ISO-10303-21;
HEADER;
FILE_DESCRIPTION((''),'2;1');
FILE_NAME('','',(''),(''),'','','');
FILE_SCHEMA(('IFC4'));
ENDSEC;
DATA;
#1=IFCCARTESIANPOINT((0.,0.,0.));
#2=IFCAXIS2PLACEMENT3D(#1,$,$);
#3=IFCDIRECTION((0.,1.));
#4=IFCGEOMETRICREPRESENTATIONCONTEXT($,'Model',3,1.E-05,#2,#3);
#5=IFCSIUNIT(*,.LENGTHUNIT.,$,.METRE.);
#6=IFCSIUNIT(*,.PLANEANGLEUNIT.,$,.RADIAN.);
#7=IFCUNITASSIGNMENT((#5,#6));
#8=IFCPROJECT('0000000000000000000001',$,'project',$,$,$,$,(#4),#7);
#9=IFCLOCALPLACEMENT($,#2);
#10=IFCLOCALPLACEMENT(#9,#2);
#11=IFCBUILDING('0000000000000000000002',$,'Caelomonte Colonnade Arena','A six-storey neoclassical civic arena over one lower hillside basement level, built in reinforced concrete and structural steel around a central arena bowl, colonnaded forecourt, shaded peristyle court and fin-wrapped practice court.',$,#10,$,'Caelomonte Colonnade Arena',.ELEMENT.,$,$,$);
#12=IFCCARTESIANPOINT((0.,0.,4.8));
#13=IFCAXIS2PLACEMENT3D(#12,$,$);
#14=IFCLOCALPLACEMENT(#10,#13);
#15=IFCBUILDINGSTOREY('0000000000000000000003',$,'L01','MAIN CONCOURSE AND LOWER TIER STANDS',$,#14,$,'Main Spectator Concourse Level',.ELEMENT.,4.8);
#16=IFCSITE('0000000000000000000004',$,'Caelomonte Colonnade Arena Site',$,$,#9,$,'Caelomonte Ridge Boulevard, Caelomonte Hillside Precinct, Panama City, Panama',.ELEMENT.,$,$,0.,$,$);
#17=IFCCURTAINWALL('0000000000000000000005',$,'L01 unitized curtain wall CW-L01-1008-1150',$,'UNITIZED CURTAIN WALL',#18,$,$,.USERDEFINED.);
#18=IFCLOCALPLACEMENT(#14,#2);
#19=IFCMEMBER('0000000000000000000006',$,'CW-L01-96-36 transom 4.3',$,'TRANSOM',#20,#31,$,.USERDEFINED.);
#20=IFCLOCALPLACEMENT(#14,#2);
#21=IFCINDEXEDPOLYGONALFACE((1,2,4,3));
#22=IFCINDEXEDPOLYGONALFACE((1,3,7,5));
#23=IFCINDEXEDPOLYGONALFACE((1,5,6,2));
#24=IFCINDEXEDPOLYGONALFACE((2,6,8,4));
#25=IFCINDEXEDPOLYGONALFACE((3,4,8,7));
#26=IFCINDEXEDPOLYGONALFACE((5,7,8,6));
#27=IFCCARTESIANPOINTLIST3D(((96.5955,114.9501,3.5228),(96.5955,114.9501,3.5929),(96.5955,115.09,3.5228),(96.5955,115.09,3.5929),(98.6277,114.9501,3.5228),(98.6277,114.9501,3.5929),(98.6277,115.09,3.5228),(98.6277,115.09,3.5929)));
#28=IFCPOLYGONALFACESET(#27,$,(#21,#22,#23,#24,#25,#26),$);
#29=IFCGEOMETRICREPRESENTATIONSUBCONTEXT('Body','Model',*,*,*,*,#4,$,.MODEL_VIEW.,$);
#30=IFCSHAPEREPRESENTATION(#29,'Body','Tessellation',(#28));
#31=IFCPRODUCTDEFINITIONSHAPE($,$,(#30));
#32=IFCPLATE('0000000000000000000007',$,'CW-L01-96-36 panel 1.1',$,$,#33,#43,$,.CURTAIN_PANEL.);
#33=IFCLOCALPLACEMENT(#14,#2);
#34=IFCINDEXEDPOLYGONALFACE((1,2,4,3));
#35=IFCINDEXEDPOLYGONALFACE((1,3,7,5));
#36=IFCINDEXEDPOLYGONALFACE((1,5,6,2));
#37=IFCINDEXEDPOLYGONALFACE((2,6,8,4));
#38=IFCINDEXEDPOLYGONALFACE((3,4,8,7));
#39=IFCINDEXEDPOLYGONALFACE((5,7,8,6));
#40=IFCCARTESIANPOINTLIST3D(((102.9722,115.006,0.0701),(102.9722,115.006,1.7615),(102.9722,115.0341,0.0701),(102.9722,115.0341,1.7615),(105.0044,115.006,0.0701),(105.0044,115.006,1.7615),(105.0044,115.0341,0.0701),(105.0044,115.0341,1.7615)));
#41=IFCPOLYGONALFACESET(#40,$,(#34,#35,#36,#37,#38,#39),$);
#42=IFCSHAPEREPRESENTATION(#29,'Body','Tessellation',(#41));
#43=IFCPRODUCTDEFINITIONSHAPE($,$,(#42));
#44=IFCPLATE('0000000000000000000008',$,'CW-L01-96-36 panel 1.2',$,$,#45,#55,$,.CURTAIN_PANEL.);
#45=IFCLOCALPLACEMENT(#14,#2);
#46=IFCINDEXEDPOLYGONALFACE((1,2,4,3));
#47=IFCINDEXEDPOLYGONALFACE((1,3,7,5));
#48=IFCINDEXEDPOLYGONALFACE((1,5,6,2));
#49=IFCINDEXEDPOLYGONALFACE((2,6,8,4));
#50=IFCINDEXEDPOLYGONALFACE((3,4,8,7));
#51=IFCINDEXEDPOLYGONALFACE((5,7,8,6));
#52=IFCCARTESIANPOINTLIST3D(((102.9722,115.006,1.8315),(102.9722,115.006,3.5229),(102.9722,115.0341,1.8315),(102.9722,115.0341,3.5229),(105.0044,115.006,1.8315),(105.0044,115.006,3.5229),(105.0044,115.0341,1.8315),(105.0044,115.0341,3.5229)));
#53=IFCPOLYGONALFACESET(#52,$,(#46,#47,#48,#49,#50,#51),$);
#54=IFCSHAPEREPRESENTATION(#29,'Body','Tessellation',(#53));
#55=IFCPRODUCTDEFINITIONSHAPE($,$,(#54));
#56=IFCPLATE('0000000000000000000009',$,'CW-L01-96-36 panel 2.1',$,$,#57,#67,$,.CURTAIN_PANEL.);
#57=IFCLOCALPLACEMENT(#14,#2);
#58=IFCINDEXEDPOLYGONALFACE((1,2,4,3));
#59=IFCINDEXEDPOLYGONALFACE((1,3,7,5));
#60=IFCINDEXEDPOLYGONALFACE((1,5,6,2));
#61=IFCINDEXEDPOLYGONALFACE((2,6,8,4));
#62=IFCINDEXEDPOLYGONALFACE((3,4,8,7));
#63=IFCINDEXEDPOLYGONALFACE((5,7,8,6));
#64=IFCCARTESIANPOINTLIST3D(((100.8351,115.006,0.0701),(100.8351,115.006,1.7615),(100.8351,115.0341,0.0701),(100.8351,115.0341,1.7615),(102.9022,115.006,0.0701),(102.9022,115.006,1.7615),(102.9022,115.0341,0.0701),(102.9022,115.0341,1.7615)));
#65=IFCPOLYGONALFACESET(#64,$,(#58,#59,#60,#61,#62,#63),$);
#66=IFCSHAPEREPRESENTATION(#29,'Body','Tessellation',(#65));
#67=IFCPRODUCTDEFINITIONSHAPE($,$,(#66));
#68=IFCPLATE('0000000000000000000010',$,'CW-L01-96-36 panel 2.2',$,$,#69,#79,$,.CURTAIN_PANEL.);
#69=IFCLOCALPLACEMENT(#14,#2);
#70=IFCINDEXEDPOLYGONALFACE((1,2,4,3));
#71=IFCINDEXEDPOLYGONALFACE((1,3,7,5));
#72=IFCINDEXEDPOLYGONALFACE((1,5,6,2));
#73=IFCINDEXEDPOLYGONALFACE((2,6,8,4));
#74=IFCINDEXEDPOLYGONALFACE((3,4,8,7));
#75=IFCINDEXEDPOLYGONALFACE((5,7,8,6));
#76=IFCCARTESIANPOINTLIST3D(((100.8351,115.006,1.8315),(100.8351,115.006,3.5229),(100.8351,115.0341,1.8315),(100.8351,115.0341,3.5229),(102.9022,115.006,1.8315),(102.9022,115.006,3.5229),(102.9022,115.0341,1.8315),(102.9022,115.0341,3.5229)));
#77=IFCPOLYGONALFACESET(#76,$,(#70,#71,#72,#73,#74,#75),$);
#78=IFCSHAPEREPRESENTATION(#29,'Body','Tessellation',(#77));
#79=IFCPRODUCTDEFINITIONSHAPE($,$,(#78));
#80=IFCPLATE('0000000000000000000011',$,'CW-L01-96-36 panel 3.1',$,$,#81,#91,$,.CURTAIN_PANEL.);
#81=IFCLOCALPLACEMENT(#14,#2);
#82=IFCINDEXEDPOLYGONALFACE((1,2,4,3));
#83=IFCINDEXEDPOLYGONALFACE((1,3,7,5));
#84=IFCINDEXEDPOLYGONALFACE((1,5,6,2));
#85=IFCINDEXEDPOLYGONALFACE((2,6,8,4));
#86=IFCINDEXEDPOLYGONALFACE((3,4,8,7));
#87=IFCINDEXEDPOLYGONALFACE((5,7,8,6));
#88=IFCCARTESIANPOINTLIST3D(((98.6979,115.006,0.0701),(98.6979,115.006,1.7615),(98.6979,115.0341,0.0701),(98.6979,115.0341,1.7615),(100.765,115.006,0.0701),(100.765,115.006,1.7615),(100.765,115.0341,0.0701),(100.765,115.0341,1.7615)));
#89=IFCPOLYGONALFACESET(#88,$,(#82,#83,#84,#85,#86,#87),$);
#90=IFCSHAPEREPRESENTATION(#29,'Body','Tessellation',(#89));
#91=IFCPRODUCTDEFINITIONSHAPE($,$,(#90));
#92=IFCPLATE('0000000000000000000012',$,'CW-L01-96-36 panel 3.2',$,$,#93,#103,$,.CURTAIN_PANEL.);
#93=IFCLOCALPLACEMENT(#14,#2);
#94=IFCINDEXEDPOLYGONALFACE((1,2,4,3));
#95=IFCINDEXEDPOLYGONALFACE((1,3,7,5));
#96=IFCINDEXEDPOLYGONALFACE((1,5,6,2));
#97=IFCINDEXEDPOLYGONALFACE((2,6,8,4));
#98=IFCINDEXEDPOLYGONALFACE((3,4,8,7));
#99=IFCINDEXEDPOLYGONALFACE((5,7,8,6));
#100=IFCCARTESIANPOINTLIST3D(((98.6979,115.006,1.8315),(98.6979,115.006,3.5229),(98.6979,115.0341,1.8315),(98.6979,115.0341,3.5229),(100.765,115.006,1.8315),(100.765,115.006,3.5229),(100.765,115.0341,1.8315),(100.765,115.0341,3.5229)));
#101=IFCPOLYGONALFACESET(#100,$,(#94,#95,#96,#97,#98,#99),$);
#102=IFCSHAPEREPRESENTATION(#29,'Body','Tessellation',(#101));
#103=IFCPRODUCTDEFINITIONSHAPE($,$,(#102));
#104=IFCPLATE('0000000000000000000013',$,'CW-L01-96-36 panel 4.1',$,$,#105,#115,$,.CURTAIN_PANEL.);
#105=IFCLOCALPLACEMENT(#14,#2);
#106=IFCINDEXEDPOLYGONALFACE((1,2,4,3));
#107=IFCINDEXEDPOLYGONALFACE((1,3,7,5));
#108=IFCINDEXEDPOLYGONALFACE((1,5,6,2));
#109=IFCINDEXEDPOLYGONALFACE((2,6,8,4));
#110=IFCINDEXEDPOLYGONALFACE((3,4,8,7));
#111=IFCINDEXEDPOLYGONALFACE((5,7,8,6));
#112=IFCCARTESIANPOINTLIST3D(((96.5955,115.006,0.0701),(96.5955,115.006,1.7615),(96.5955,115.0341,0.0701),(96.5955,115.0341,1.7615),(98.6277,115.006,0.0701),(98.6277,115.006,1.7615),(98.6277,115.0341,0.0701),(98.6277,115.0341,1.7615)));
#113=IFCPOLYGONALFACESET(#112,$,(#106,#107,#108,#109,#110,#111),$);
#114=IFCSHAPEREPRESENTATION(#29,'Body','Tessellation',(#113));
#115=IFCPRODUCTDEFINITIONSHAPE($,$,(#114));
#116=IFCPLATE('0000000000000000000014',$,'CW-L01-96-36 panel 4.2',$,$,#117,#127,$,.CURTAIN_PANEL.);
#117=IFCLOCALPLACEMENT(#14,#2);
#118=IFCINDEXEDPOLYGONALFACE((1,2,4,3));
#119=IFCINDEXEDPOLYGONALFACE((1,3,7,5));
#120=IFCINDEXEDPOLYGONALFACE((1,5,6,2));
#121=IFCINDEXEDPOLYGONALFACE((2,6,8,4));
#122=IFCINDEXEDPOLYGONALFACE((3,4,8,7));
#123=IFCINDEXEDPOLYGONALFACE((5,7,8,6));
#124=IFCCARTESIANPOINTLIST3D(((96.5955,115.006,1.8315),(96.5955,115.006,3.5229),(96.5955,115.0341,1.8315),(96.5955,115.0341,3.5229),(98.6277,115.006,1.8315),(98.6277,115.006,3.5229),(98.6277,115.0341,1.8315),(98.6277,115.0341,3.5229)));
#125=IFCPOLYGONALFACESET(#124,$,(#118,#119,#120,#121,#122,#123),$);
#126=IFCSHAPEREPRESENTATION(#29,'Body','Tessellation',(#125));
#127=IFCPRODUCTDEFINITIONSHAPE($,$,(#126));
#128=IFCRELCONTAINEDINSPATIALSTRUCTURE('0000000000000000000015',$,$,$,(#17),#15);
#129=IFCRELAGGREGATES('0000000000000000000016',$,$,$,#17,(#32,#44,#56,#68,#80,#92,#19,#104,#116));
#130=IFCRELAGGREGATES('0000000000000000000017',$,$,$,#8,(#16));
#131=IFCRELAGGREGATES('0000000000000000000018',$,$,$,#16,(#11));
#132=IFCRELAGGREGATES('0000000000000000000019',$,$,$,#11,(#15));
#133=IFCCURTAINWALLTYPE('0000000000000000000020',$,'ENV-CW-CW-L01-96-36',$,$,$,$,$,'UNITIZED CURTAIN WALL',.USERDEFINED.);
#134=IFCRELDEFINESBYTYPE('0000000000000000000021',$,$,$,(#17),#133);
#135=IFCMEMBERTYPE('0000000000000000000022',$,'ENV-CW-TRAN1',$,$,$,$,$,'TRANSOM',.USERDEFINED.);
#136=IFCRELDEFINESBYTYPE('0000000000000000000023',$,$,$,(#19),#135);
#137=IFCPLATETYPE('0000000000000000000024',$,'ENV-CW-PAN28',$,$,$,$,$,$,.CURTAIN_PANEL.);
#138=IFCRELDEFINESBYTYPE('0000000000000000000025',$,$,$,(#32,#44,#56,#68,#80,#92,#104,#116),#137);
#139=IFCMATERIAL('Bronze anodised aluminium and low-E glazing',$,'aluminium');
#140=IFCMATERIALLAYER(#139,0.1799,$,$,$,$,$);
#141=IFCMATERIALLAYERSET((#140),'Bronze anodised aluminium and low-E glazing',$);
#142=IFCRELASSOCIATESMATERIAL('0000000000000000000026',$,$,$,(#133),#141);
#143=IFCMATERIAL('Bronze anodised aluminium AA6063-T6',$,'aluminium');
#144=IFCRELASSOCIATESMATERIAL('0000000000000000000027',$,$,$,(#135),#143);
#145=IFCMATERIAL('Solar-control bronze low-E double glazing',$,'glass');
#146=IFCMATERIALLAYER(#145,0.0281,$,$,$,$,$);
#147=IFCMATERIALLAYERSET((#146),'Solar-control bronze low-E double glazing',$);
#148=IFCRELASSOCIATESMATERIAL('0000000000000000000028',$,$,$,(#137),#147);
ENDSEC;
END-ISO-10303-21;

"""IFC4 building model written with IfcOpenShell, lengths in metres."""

from ifc_helpers import new_model, si_unit, direction, frame, origin, origin_2d, place, context, subcontext, project, spatial, rectangle, extrude, material, layer, layer_set, material_profile, profile_set, type_object, element, aggregate, save


model = new_model("IFC4")

# Units and contexts
model_context = context("Model", 3, precision=1e-05, world=origin(), true_north=direction((0.0, 1.0)))
body_context = subcontext(model_context, "Body", "Model", "MODEL_VIEW")
ifc_project = project(units=[si_unit("LENGTHUNIT", "METRE"), si_unit("PLANEANGLEUNIT", "RADIAN")], contexts=[model_context])

# Site, building, storey
site_placement = place(None, origin())
site = spatial("IfcSite", under=ifc_project, at=site_placement, Name="Caelomonte Colonnade Arena Site", LongName="Caelomonte Ridge Boulevard, Caelomonte Hillside Precinct, Panama City, Panama", CompositionType="ELEMENT", RefElevation=0.0)
building_placement = place(site_placement, origin())
building = spatial("IfcBuilding", under=site, at=building_placement, Name="Caelomonte Colonnade Arena", Description="A six-storey neoclassical civic arena over one lower hillside basement level, built in reinforced concrete and structural steel around a central arena bowl, colonnaded forecourt, shaded peristyle court and fin-wrapped practice court.", LongName="Caelomonte Colonnade Arena", CompositionType="ELEMENT")
storey_placement = place(building_placement, frame((0.0, 0.0, 4.8)))
storey = spatial("IfcBuildingStorey", under=building, at=storey_placement, Name="L01", Description="MAIN CONCOURSE AND LOWER TIER STANDS", LongName="Main Spectator Concourse Level", CompositionType="ELEMENT", Elevation=4.8)

# Curtain wall, member, plates
ifc_material_1 = material(Name="Bronze anodised aluminium and low-E glazing", Category="aluminium")
ifc_layer_1 = layer(ifc_material_1, 0.1799)
ifc_layer_set_1 = layer_set([ifc_layer_1], Name="Bronze anodised aluminium and low-E glazing")
curtain_wall_type = type_object("IfcCurtainWallType", Name="ENV-CW-CW-L01-96-36", ElementType="UNITIZED CURTAIN WALL", PredefinedType="USERDEFINED", material=ifc_layer_set_1)
curtain_wall_placement = place(storey_placement, origin())
curtain_wall = element("IfcCurtainWall", 1, at=curtain_wall_placement, inside=storey, type_object=curtain_wall_type, Name="L01 unitized curtain wall CW-L01-1008-1150", ObjectType="UNITIZED CURTAIN WALL", PredefinedType="USERDEFINED")
ifc_material_2 = material(Name="Bronze anodised aluminium AA6063-T6", Category="aluminium")
ifc_material_profile_1 = material_profile(ifc_material_2, rectangle(XDim=0.0701, YDim=0.1399, at=origin_2d()), Name="CWT-70X140")
ifc_profile_set_1 = profile_set([ifc_material_profile_1], Name="Bronze anodised aluminium AA6063-T6")
member_type_1 = type_object("IfcMemberType", Name="ENV-CW-TRAN1", ElementType="TRANSOM", PredefinedType="USERDEFINED", material=ifc_profile_set_1)
member_1_placement = place(storey_placement, frame((98.6277, 115.02, 3.5579), z_axis=(-1.0, 0.0, 0.0), x_axis=(0.0, 0.0, 1.0)))
member_1 = element("IfcMember", 2, at=member_1_placement, type_object=member_type_1, Name="CW-L01-96-36 transom 4.3", ObjectType="TRANSOM", PredefinedType="USERDEFINED", context=body_context, shape_type="SweptSolid", body=[
    extrude(rectangle(XDim=0.0701, YDim=0.1399, at=origin_2d()), origin(), (0.0, 0.0, 1.0), 2.0322),
])
ifc_material_3 = material(Name="Solar-control bronze low-E double glazing", Category="glass")
ifc_layer_2 = layer(ifc_material_3, 0.0281)
ifc_layer_set_2 = layer_set([ifc_layer_2], Name="Solar-control bronze low-E double glazing")
plate_type = type_object("IfcPlateType", Name="ENV-CW-PAN28", PredefinedType="CURTAIN_PANEL", material=ifc_layer_set_2)
plate_1_placement = place(storey_placement, frame((103.9883, 115.02, 0.0701), z_axis=(0.0, 0.0, 1.0), x_axis=(-1.0, 0.0, 0.0)))
plate_1 = element("IfcPlate", 3, at=plate_1_placement, type_object=plate_type, Name="CW-L01-96-36 panel 1.1", PredefinedType="CURTAIN_PANEL", context=body_context, shape_type="SweptSolid", body=[
    extrude(rectangle(XDim=2.0322, YDim=0.0281, at=origin_2d()), origin(), (0.0, 0.0, 1.0), 1.6914),
])
plate_2_placement = place(storey_placement, frame((103.9883, 115.02, 1.8315), z_axis=(0.0, 0.0, 1.0), x_axis=(-1.0, 0.0, 0.0)))
plate_2 = element("IfcPlate", 4, at=plate_2_placement, type_object=plate_type, Name="CW-L01-96-36 panel 1.2", PredefinedType="CURTAIN_PANEL", context=body_context, shape_type="SweptSolid", body=[
    extrude(rectangle(XDim=2.0322, YDim=0.0281, at=origin_2d()), origin(), (0.0, 0.0, 1.0), 1.6914),
])
plate_3_placement = place(storey_placement, frame((101.8687, 115.02, 0.0701), z_axis=(0.0, 0.0, 1.0), x_axis=(-1.0, 0.0, 0.0)))
plate_3 = element("IfcPlate", 5, at=plate_3_placement, type_object=plate_type, Name="CW-L01-96-36 panel 2.1", PredefinedType="CURTAIN_PANEL", context=body_context, shape_type="SweptSolid", body=[
    extrude(rectangle(XDim=2.0671, YDim=0.0281, at=origin_2d()), origin(), (0.0, 0.0, 1.0), 1.6914),
])
plate_4_placement = place(storey_placement, frame((101.8687, 115.02, 1.8315), z_axis=(0.0, 0.0, 1.0), x_axis=(-1.0, 0.0, 0.0)))
plate_4 = element("IfcPlate", 6, at=plate_4_placement, type_object=plate_type, Name="CW-L01-96-36 panel 2.2", PredefinedType="CURTAIN_PANEL", context=body_context, shape_type="SweptSolid", body=[
    extrude(rectangle(XDim=2.0671, YDim=0.0281, at=origin_2d()), origin(), (0.0, 0.0, 1.0), 1.6914),
])
plate_5_placement = place(storey_placement, frame((99.7314, 115.02, 0.0701), z_axis=(0.0, 0.0, 1.0), x_axis=(-1.0, 0.0, 0.0)))
plate_5 = element("IfcPlate", 7, at=plate_5_placement, type_object=plate_type, Name="CW-L01-96-36 panel 3.1", PredefinedType="CURTAIN_PANEL", context=body_context, shape_type="SweptSolid", body=[
    extrude(rectangle(XDim=2.0671, YDim=0.0281, at=origin_2d()), origin(), (0.0, 0.0, 1.0), 1.6914),
])
plate_6_placement = place(storey_placement, frame((99.7314, 115.02, 1.8315), z_axis=(0.0, 0.0, 1.0), x_axis=(-1.0, 0.0, 0.0)))
plate_6 = element("IfcPlate", 8, at=plate_6_placement, type_object=plate_type, Name="CW-L01-96-36 panel 3.2", PredefinedType="CURTAIN_PANEL", context=body_context, shape_type="SweptSolid", body=[
    extrude(rectangle(XDim=2.0671, YDim=0.0281, at=origin_2d()), origin(), (0.0, 0.0, 1.0), 1.6914),
])
plate_7_placement = place(storey_placement, frame((97.6116, 115.02, 0.0701), z_axis=(0.0, 0.0, 1.0), x_axis=(-1.0, 0.0, 0.0)))
plate_7 = element("IfcPlate", 9, at=plate_7_placement, type_object=plate_type, Name="CW-L01-96-36 panel 4.1", PredefinedType="CURTAIN_PANEL", context=body_context, shape_type="SweptSolid", body=[
    extrude(rectangle(XDim=2.0322, YDim=0.0281, at=origin_2d()), origin(), (0.0, 0.0, 1.0), 1.6914),
])
plate_8_placement = place(storey_placement, frame((97.6116, 115.02, 1.8315), z_axis=(0.0, 0.0, 1.0), x_axis=(-1.0, 0.0, 0.0)))
plate_8 = element("IfcPlate", 10, at=plate_8_placement, type_object=plate_type, Name="CW-L01-96-36 panel 4.2", PredefinedType="CURTAIN_PANEL", context=body_context, shape_type="SweptSolid", body=[
    extrude(rectangle(XDim=2.0322, YDim=0.0281, at=origin_2d()), origin(), (0.0, 0.0, 1.0), 1.6914),
])
aggregate(curtain_wall, [plate_1, plate_2, plate_3, plate_4, plate_5, plate_6, member_1, plate_7, plate_8])

save(model, "model.ifc")
